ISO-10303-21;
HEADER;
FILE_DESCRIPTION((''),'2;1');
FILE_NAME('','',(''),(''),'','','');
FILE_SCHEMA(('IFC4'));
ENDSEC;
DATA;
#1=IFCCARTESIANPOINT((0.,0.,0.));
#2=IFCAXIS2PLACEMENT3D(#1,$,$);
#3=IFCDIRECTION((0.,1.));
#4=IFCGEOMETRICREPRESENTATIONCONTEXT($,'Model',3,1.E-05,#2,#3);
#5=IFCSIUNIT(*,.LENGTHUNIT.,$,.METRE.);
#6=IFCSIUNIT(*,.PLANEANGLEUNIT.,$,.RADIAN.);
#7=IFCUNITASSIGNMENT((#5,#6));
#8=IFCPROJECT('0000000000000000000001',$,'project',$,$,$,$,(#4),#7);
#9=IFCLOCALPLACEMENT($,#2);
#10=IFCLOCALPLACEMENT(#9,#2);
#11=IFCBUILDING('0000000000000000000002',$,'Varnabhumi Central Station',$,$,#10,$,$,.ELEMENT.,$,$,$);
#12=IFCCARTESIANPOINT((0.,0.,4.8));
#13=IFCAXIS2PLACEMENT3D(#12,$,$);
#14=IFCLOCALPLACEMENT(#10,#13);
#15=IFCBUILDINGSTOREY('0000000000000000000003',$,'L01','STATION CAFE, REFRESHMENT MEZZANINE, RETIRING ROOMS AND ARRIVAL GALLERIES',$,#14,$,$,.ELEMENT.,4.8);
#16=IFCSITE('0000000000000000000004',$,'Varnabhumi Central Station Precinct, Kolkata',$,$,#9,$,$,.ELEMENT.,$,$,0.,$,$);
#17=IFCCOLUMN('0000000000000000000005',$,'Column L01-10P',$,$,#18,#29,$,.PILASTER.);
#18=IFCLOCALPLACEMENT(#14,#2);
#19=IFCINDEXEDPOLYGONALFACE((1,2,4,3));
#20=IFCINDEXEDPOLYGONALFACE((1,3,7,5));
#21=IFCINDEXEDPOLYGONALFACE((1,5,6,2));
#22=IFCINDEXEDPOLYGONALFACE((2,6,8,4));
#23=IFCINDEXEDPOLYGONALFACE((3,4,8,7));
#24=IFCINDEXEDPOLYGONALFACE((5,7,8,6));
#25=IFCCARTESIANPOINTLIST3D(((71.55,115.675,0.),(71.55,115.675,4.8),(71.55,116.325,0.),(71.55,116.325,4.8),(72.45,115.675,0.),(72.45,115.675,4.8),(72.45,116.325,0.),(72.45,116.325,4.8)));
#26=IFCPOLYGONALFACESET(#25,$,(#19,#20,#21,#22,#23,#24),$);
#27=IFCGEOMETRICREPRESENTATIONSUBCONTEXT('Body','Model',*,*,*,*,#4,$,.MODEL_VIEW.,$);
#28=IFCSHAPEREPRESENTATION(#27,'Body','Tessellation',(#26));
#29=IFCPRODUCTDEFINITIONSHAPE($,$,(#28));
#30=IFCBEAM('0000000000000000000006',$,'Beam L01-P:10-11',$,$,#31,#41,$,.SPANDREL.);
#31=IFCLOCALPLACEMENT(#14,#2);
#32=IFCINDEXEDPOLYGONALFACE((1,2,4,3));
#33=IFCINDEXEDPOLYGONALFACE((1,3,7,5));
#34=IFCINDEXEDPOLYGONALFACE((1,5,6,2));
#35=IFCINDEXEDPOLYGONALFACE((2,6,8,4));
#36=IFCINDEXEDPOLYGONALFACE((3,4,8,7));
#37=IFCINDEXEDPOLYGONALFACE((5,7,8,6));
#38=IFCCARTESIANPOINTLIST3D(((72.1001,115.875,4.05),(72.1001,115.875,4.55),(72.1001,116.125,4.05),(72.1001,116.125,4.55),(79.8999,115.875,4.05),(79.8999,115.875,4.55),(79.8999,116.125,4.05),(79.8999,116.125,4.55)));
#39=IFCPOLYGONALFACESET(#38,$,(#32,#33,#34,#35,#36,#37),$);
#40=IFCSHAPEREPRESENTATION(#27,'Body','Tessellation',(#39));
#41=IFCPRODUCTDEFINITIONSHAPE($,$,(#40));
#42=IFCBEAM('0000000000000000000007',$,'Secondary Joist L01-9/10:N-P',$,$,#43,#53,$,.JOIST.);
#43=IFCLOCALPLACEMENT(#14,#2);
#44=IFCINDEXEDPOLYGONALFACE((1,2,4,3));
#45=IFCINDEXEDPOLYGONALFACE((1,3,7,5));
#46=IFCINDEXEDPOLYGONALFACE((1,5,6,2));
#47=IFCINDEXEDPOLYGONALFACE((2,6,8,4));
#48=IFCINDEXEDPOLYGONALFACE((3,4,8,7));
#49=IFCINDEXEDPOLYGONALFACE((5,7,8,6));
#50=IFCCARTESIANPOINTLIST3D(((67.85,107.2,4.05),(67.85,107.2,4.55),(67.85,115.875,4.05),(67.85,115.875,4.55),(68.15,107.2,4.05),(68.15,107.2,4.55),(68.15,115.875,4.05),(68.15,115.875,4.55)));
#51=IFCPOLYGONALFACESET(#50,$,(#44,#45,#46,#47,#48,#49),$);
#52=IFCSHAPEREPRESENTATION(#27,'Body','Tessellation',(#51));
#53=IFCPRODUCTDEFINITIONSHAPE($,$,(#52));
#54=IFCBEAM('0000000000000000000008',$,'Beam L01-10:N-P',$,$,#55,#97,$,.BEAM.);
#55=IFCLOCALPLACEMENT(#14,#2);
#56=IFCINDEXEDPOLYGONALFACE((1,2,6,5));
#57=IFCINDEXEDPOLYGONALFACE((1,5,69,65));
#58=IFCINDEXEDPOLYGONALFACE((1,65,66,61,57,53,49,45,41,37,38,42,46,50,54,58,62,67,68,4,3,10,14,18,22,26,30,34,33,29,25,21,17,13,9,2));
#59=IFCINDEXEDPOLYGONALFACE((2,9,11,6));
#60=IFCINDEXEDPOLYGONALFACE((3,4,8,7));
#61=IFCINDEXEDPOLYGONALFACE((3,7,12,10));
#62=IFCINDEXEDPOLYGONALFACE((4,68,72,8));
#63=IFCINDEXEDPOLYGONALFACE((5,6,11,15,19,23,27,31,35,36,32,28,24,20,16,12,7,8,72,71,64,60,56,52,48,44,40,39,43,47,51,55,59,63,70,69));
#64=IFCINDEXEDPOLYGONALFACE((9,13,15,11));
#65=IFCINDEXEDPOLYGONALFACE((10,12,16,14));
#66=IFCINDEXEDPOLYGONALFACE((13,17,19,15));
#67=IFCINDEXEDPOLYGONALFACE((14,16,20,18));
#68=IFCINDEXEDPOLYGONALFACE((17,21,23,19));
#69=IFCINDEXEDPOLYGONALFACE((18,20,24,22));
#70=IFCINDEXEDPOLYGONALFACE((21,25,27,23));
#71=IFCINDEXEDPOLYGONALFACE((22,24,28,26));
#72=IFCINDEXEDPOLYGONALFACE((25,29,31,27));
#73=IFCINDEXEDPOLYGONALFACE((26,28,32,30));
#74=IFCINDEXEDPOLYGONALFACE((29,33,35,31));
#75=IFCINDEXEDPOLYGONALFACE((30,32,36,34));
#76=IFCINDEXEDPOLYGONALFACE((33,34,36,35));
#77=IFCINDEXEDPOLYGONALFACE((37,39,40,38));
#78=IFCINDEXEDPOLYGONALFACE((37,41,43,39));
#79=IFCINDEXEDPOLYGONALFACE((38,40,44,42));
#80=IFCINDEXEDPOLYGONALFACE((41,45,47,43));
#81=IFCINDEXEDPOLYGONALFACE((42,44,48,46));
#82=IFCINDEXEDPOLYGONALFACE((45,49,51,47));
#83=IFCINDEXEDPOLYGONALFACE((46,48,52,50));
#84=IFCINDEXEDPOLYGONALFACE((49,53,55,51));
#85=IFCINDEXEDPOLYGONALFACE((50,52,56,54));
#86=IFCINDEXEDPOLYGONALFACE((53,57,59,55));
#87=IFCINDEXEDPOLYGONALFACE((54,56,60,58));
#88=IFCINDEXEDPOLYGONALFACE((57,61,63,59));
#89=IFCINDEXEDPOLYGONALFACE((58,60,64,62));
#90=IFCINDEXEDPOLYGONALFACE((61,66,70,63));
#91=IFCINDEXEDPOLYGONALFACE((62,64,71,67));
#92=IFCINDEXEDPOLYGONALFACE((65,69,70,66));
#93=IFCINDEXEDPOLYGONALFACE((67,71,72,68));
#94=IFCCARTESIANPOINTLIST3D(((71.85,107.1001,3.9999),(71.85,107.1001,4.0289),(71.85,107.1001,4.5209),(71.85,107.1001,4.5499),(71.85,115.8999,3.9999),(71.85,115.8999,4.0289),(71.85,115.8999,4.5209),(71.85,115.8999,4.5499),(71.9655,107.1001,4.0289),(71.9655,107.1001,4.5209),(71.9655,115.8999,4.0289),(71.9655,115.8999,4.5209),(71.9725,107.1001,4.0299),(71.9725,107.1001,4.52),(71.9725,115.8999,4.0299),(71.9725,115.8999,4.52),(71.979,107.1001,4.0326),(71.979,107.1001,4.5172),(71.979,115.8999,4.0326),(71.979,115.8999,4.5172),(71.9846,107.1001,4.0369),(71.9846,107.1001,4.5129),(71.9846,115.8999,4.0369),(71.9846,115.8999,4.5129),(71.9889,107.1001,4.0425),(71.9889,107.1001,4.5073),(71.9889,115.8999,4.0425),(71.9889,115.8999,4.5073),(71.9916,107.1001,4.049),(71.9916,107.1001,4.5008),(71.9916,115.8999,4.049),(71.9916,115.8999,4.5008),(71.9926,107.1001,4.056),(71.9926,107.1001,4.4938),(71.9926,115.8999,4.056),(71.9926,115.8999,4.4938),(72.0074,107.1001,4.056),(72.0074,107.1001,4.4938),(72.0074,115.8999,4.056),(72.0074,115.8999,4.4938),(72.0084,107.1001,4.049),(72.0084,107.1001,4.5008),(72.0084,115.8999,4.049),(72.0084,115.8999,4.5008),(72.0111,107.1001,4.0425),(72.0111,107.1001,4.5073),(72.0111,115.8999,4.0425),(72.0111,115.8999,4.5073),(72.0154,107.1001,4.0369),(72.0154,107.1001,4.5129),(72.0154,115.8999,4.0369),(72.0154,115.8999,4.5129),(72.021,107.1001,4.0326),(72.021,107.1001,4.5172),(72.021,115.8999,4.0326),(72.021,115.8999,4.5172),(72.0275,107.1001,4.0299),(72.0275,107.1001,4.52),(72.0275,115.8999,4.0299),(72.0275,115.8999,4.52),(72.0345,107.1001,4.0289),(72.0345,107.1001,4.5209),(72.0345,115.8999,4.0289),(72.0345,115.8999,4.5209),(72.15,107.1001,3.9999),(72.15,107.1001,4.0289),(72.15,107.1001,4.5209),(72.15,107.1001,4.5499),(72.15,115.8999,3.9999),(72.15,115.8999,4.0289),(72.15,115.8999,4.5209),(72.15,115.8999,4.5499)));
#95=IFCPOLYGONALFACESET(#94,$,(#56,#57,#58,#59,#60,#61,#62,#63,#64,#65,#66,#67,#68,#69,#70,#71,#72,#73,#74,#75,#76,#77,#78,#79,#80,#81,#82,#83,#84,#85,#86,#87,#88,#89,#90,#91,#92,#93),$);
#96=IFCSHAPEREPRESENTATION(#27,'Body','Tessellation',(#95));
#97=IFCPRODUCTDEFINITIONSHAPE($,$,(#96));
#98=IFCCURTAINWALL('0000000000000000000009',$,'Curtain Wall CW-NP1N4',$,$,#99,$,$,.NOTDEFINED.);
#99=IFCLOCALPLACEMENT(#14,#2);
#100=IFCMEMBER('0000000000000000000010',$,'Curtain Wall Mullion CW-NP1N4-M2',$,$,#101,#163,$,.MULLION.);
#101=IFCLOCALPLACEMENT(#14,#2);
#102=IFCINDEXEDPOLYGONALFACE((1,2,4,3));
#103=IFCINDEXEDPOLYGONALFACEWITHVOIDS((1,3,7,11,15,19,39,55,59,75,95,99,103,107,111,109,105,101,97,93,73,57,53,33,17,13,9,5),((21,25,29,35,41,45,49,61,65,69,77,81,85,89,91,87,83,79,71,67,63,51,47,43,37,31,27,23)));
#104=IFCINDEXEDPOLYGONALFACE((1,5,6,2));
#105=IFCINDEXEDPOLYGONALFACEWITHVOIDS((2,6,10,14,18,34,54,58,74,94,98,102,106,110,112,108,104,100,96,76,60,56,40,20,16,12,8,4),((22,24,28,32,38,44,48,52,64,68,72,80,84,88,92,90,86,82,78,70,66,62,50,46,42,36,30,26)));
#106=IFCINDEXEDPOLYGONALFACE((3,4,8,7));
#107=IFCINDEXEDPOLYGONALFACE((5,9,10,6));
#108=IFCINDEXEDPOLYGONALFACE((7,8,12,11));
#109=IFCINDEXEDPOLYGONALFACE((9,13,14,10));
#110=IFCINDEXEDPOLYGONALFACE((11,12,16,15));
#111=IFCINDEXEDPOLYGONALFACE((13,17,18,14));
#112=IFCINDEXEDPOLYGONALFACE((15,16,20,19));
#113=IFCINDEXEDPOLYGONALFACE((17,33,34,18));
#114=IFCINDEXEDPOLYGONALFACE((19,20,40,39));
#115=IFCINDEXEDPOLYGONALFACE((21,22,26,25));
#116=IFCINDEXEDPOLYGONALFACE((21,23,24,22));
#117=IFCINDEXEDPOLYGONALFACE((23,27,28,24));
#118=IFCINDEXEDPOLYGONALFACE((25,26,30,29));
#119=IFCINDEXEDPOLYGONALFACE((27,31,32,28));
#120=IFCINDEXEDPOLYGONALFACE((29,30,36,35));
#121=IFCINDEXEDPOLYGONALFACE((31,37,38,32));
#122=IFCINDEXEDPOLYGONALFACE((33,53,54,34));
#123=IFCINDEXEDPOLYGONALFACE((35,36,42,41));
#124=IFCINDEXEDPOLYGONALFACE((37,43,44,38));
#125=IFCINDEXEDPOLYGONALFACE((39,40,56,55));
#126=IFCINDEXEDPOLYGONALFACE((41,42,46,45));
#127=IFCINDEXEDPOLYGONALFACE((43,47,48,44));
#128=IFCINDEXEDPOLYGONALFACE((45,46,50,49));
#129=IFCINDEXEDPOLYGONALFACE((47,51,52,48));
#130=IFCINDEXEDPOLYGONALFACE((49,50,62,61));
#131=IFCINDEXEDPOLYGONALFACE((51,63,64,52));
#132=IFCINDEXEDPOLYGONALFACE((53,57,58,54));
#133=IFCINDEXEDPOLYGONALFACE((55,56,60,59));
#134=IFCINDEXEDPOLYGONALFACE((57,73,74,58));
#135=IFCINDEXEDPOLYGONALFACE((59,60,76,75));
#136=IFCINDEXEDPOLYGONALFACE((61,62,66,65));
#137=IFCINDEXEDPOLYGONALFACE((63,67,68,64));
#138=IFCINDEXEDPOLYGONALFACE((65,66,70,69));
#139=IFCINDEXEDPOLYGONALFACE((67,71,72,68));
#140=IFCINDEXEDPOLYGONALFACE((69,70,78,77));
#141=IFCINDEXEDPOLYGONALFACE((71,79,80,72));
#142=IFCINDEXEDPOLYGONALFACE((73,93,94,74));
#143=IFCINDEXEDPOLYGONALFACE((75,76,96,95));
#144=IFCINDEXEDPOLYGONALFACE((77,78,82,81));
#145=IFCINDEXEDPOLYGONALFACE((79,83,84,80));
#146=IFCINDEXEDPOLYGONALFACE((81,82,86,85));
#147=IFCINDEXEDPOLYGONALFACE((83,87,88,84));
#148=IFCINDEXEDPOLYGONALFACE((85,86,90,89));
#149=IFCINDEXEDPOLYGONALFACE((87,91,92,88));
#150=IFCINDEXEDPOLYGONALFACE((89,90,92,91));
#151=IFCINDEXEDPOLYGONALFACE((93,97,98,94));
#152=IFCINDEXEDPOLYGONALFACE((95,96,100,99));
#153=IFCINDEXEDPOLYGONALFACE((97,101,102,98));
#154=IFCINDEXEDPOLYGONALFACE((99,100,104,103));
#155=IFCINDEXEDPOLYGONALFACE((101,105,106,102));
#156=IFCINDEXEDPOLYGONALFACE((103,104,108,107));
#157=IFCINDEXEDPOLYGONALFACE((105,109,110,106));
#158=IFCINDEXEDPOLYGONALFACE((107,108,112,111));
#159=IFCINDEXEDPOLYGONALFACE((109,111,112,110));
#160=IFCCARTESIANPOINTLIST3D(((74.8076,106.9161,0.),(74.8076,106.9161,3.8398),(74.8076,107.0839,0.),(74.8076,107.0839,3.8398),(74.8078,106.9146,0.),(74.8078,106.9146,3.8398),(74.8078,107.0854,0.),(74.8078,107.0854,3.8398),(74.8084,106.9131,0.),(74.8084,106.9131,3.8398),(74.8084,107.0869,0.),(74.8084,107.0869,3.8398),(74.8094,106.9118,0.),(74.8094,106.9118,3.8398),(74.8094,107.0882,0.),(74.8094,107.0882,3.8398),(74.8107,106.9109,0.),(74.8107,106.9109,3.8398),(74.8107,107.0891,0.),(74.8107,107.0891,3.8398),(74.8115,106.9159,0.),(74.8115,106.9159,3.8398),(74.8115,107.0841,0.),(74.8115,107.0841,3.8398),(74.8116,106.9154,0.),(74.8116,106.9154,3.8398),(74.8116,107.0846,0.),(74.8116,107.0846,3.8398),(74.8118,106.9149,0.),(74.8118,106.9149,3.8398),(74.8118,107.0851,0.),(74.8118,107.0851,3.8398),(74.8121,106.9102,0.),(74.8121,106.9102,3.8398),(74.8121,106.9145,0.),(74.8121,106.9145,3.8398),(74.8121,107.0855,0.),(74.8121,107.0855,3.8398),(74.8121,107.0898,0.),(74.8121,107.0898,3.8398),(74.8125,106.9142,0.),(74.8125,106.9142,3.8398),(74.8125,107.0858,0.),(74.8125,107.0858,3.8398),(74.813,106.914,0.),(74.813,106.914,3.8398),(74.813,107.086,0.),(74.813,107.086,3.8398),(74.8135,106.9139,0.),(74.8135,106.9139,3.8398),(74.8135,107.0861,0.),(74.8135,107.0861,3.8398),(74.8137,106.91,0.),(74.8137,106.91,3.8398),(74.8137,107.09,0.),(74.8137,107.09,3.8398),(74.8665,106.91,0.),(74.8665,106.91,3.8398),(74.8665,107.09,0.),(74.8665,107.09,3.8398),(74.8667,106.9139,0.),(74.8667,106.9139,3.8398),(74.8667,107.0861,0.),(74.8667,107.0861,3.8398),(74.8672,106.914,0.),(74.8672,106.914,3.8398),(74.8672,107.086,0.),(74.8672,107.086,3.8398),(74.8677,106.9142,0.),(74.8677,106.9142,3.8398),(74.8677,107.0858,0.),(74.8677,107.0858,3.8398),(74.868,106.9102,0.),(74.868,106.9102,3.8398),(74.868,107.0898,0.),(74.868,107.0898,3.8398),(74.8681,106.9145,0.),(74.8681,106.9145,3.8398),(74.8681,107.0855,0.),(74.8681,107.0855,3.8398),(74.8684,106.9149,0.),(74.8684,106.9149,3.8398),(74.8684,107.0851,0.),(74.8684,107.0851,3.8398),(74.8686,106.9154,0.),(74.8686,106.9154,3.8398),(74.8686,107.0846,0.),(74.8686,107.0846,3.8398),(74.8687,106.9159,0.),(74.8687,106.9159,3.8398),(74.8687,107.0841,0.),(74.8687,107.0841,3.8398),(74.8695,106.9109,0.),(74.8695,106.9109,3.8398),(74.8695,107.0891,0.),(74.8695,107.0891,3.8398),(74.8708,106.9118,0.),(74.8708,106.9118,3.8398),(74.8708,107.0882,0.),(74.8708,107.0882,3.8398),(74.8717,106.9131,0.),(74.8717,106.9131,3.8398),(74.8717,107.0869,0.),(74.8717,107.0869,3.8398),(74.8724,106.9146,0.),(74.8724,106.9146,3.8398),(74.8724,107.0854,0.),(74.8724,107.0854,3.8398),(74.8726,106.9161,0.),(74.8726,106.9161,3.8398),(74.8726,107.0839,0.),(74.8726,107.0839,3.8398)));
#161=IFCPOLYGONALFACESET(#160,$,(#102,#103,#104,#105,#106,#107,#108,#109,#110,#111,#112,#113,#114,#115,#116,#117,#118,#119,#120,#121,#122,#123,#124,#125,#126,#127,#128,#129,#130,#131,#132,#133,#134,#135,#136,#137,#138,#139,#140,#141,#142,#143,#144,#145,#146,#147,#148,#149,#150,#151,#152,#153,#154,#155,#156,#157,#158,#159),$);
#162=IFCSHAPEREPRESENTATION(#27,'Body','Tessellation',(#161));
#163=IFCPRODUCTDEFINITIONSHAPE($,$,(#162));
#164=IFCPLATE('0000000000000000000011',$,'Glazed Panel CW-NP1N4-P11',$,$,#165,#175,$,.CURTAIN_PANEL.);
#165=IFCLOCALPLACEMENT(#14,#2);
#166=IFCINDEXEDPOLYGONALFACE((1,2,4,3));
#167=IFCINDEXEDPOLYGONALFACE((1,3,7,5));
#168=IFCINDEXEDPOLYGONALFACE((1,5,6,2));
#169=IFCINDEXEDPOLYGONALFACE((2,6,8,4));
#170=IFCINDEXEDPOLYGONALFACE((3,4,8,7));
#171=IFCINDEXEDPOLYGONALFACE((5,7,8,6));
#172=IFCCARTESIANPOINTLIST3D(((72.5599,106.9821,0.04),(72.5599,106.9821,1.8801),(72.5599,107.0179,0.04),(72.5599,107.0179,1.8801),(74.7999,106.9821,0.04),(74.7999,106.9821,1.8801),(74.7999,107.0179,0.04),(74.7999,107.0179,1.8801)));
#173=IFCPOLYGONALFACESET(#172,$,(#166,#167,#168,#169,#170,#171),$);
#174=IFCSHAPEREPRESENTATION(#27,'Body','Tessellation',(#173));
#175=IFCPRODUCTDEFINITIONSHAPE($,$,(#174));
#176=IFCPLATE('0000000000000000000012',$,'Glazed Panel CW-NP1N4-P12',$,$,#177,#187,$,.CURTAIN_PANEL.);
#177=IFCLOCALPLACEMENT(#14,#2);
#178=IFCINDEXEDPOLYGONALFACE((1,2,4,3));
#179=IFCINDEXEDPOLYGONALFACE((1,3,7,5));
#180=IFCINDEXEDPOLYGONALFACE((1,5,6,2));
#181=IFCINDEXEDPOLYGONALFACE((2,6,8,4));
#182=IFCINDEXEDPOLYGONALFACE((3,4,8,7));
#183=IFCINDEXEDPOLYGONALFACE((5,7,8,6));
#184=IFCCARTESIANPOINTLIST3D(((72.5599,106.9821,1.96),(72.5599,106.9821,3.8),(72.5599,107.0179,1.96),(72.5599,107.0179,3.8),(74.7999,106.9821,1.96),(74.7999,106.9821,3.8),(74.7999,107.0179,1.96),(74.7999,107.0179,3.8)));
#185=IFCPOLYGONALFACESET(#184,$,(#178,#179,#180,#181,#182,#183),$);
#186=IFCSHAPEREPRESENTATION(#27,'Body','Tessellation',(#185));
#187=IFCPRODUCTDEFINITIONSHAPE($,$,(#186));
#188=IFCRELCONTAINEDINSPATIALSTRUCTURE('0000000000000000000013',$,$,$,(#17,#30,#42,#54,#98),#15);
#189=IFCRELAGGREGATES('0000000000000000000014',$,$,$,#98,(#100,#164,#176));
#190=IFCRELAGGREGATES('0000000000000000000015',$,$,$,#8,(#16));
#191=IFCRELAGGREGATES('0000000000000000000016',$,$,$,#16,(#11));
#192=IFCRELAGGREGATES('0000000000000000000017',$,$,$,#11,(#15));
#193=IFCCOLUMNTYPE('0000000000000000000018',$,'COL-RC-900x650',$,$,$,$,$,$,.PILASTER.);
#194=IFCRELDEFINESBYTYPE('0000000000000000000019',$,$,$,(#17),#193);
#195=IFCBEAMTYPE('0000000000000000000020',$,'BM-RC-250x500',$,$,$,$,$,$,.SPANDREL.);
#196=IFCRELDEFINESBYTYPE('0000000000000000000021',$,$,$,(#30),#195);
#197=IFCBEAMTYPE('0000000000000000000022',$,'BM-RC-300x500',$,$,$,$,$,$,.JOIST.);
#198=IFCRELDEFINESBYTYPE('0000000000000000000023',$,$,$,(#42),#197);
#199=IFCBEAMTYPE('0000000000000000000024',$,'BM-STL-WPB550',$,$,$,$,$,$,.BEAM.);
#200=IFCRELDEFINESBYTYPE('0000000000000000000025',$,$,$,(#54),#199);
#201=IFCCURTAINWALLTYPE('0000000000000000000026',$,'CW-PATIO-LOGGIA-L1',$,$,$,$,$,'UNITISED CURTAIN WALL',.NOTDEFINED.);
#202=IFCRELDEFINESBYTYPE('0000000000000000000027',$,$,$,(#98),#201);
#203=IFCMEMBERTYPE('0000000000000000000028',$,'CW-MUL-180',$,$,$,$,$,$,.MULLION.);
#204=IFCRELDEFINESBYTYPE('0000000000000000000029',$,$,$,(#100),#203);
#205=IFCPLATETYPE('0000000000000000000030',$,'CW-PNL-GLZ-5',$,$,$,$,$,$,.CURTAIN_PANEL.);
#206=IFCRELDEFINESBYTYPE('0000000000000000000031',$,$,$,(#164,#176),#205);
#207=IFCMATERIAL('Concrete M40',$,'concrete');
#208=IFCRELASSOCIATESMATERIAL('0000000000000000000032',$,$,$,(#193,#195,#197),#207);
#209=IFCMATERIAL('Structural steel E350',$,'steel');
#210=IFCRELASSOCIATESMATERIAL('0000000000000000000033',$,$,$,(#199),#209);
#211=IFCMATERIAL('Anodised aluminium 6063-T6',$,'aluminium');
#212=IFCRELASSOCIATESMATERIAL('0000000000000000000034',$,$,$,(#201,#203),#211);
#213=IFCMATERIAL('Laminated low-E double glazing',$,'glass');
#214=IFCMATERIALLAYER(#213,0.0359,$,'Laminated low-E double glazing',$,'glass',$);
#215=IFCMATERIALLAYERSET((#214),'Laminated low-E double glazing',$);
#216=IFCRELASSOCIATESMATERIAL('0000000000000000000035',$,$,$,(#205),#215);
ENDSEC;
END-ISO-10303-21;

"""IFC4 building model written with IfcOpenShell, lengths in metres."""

from ifc_helpers import new_model, si_unit, direction, frame, origin, origin_2d, place, context, subcontext, project, spatial, rectangle, hollow_rectangle, i_section, extrude, material, layer, layer_set, material_profile, profile_set, type_object, element, aggregate, save


model = new_model("IFC4")

# Units and contexts
model_context = context("Model", 3, precision=1e-05, world=origin(), true_north=direction((0.0, 1.0)))
body_context = subcontext(model_context, "Body", "Model", "MODEL_VIEW")
ifc_project = project(units=[si_unit("LENGTHUNIT", "METRE"), si_unit("PLANEANGLEUNIT", "RADIAN")], contexts=[model_context])

# Site, building, storey
site_placement = place(None, origin())
site = spatial("IfcSite", under=ifc_project, at=site_placement, Name="Varnabhumi Central Station Precinct, Kolkata", CompositionType="ELEMENT", RefElevation=0.0)
building_placement = place(site_placement, origin())
building = spatial("IfcBuilding", under=site, at=building_placement, Name="Varnabhumi Central Station", CompositionType="ELEMENT")
storey_placement = place(building_placement, frame((0.0, 0.0, 4.8)))
storey = spatial("IfcBuildingStorey", under=building, at=storey_placement, Name="L01", Description="STATION CAFE, REFRESHMENT MEZZANINE, RETIRING ROOMS AND ARRIVAL GALLERIES", CompositionType="ELEMENT", Elevation=4.8)

# Column
ifc_material_1 = material(Name="Concrete M40", Category="concrete")
ifc_material_profile_1 = material_profile(ifc_material_1, rectangle(XDim=0.8999, YDim=0.6499, at=origin_2d()), Name="Concrete M40", Category="concrete")
ifc_profile_set_1 = profile_set([ifc_material_profile_1], Name="Concrete M40")
column_type = type_object("IfcColumnType", Name="COL-RC-900x650", PredefinedType="PILASTER", material=ifc_profile_set_1)
column_placement = place(storey_placement, frame((72.0, 116.0, 0.0), z_axis=(0.0, 0.0, 1.0), x_axis=(1.0, 0.0, 0.0)))
element("IfcColumn", 1, at=column_placement, inside=storey, type_object=column_type, Name="Column L01-10P", PredefinedType="PILASTER", context=body_context, shape_type="SweptSolid", body=[
    extrude(rectangle(XDim=0.8999, YDim=0.6499, at=origin_2d()), origin(), (0.0, 0.0, 1.0), 4.8),
])

# Beams
ifc_material_profile_2 = material_profile(ifc_material_1, rectangle(XDim=0.25, YDim=0.5, at=origin_2d()), Name="Concrete M40", Category="concrete")
ifc_profile_set_2 = profile_set([ifc_material_profile_2], Name="Concrete M40")
beam_type_1 = type_object("IfcBeamType", Name="BM-RC-250x500", PredefinedType="SPANDREL", material=ifc_profile_set_2)
beam_1_placement = place(storey_placement, frame((72.1001, 116.0, 4.3), z_axis=(1.0, 0.0, 0.0), x_axis=(0.0, 1.0, 0.0)))
element("IfcBeam", 2, at=beam_1_placement, inside=storey, type_object=beam_type_1, Name="Beam L01-P:10-11", PredefinedType="SPANDREL", context=body_context, shape_type="SweptSolid", body=[
    extrude(rectangle(XDim=0.25, YDim=0.5, at=origin_2d()), origin(), (0.0, 0.0, 1.0), 7.7998),
])
ifc_material_profile_3 = material_profile(ifc_material_1, rectangle(XDim=0.3, YDim=0.5, at=origin_2d()), Name="Concrete M40", Category="concrete")
ifc_profile_set_3 = profile_set([ifc_material_profile_3], Name="Concrete M40")
beam_type_2 = type_object("IfcBeamType", Name="BM-RC-300x500", PredefinedType="JOIST", material=ifc_profile_set_3)
beam_2_placement = place(storey_placement, frame((68.0, 107.2, 4.3), z_axis=(0.0, 1.0, 0.0), x_axis=(-1.0, 0.0, 0.0)))
element("IfcBeam", 3, at=beam_2_placement, inside=storey, type_object=beam_type_2, Name="Secondary Joist L01-9/10:N-P", PredefinedType="JOIST", context=body_context, shape_type="SweptSolid", body=[
    extrude(rectangle(XDim=0.3, YDim=0.5, at=origin_2d()), origin(), (0.0, 0.0, 1.0), 8.675),
])
ifc_material_2 = material(Name="Structural steel E350", Category="steel")
ifc_material_profile_4 = material_profile(ifc_material_2, i_section(OverallWidth=0.3, OverallDepth=0.55, WebThickness=0.0149, FlangeThickness=0.0291, FilletRadius=0.0271, at=origin_2d()), Name="Structural steel E350", Category="steel")
ifc_profile_set_4 = profile_set([ifc_material_profile_4], Name="Structural steel E350")
beam_type_3 = type_object("IfcBeamType", Name="BM-STL-WPB550", PredefinedType="BEAM", material=ifc_profile_set_4)
beam_3_placement = place(storey_placement, frame((72.0, 107.1001, 4.2749), z_axis=(0.0, 1.0, 0.0), x_axis=(-1.0, 0.0, 0.0)))
element("IfcBeam", 4, at=beam_3_placement, inside=storey, type_object=beam_type_3, Name="Beam L01-10:N-P", PredefinedType="BEAM", context=body_context, shape_type="SweptSolid", body=[
    extrude(i_section(OverallWidth=0.3, OverallDepth=0.55, WebThickness=0.0149, FlangeThickness=0.0291, FilletRadius=0.0271, at=origin_2d()), origin(), (0.0, 0.0, 1.0), 8.7998),
])

# Curtain wall, member, plates
ifc_material_3 = material(Name="Anodised aluminium 6063-T6", Category="aluminium")
curtain_wall_type = type_object("IfcCurtainWallType", Name="CW-PATIO-LOGGIA-L1", ElementType="UNITISED CURTAIN WALL", PredefinedType="NOTDEFINED", material=ifc_material_3)
curtain_wall_placement = place(storey_placement, origin())
curtain_wall = element("IfcCurtainWall", 5, at=curtain_wall_placement, inside=storey, type_object=curtain_wall_type, Name="Curtain Wall CW-NP1N4", PredefinedType="NOTDEFINED")
ifc_material_profile_5 = material_profile(ifc_material_3, hollow_rectangle(XDim=0.0649, YDim=0.1799, WallThickness=0.0039, InnerFilletRadius=0.002, OuterFilletRadius=0.0061, at=origin_2d()), Name="Anodised aluminium 6063-T6", Category="aluminium")
ifc_profile_set_5 = profile_set([ifc_material_profile_5], Name="Anodised aluminium 6063-T6")
member_type = type_object("IfcMemberType", Name="CW-MUL-180", PredefinedType="MULLION", material=ifc_profile_set_5)
member_placement = place(storey_placement, frame((74.8401, 107.0, 0.0), z_axis=(0.0, 0.0, 1.0), x_axis=(1.0, 0.0, 0.0)))
member = element("IfcMember", 6, at=member_placement, type_object=member_type, Name="Curtain Wall Mullion CW-NP1N4-M2", PredefinedType="MULLION", context=body_context, shape_type="SweptSolid", body=[
    extrude(hollow_rectangle(XDim=0.0649, YDim=0.1799, WallThickness=0.0039, InnerFilletRadius=0.002, OuterFilletRadius=0.0061, at=origin_2d()), origin(), (0.0, 0.0, 1.0), 3.8398),
])
ifc_material_4 = material(Name="Laminated low-E double glazing", Category="glass")
ifc_layer_1 = layer(ifc_material_4, 0.0359, Name="Laminated low-E double glazing", Category="glass")
ifc_layer_set_1 = layer_set([ifc_layer_1], Name="Laminated low-E double glazing")
plate_type = type_object("IfcPlateType", Name="CW-PNL-GLZ-5", PredefinedType="CURTAIN_PANEL", material=ifc_layer_set_1)
plate_1_placement = place(storey_placement, frame((73.6799, 107.0, 0.04), z_axis=(0.0, 0.0, 1.0), x_axis=(1.0, 0.0, 0.0)))
plate_1 = element("IfcPlate", 7, at=plate_1_placement, type_object=plate_type, Name="Glazed Panel CW-NP1N4-P11", PredefinedType="CURTAIN_PANEL", context=body_context, shape_type="SweptSolid", body=[
    extrude(rectangle(XDim=2.24, YDim=0.0359, at=origin_2d()), origin(), (0.0, 0.0, 1.0), 1.8401),
])
plate_2_placement = place(storey_placement, frame((73.6799, 107.0, 1.96), z_axis=(0.0, 0.0, 1.0), x_axis=(1.0, 0.0, 0.0)))
plate_2 = element("IfcPlate", 8, at=plate_2_placement, type_object=plate_type, Name="Glazed Panel CW-NP1N4-P12", PredefinedType="CURTAIN_PANEL", context=body_context, shape_type="SweptSolid", body=[
    extrude(rectangle(XDim=2.24, YDim=0.0359, at=origin_2d()), origin(), (0.0, 0.0, 1.0), 1.8401),
])
aggregate(curtain_wall, [member, plate_1, plate_2])

save(model, "model.ifc")
